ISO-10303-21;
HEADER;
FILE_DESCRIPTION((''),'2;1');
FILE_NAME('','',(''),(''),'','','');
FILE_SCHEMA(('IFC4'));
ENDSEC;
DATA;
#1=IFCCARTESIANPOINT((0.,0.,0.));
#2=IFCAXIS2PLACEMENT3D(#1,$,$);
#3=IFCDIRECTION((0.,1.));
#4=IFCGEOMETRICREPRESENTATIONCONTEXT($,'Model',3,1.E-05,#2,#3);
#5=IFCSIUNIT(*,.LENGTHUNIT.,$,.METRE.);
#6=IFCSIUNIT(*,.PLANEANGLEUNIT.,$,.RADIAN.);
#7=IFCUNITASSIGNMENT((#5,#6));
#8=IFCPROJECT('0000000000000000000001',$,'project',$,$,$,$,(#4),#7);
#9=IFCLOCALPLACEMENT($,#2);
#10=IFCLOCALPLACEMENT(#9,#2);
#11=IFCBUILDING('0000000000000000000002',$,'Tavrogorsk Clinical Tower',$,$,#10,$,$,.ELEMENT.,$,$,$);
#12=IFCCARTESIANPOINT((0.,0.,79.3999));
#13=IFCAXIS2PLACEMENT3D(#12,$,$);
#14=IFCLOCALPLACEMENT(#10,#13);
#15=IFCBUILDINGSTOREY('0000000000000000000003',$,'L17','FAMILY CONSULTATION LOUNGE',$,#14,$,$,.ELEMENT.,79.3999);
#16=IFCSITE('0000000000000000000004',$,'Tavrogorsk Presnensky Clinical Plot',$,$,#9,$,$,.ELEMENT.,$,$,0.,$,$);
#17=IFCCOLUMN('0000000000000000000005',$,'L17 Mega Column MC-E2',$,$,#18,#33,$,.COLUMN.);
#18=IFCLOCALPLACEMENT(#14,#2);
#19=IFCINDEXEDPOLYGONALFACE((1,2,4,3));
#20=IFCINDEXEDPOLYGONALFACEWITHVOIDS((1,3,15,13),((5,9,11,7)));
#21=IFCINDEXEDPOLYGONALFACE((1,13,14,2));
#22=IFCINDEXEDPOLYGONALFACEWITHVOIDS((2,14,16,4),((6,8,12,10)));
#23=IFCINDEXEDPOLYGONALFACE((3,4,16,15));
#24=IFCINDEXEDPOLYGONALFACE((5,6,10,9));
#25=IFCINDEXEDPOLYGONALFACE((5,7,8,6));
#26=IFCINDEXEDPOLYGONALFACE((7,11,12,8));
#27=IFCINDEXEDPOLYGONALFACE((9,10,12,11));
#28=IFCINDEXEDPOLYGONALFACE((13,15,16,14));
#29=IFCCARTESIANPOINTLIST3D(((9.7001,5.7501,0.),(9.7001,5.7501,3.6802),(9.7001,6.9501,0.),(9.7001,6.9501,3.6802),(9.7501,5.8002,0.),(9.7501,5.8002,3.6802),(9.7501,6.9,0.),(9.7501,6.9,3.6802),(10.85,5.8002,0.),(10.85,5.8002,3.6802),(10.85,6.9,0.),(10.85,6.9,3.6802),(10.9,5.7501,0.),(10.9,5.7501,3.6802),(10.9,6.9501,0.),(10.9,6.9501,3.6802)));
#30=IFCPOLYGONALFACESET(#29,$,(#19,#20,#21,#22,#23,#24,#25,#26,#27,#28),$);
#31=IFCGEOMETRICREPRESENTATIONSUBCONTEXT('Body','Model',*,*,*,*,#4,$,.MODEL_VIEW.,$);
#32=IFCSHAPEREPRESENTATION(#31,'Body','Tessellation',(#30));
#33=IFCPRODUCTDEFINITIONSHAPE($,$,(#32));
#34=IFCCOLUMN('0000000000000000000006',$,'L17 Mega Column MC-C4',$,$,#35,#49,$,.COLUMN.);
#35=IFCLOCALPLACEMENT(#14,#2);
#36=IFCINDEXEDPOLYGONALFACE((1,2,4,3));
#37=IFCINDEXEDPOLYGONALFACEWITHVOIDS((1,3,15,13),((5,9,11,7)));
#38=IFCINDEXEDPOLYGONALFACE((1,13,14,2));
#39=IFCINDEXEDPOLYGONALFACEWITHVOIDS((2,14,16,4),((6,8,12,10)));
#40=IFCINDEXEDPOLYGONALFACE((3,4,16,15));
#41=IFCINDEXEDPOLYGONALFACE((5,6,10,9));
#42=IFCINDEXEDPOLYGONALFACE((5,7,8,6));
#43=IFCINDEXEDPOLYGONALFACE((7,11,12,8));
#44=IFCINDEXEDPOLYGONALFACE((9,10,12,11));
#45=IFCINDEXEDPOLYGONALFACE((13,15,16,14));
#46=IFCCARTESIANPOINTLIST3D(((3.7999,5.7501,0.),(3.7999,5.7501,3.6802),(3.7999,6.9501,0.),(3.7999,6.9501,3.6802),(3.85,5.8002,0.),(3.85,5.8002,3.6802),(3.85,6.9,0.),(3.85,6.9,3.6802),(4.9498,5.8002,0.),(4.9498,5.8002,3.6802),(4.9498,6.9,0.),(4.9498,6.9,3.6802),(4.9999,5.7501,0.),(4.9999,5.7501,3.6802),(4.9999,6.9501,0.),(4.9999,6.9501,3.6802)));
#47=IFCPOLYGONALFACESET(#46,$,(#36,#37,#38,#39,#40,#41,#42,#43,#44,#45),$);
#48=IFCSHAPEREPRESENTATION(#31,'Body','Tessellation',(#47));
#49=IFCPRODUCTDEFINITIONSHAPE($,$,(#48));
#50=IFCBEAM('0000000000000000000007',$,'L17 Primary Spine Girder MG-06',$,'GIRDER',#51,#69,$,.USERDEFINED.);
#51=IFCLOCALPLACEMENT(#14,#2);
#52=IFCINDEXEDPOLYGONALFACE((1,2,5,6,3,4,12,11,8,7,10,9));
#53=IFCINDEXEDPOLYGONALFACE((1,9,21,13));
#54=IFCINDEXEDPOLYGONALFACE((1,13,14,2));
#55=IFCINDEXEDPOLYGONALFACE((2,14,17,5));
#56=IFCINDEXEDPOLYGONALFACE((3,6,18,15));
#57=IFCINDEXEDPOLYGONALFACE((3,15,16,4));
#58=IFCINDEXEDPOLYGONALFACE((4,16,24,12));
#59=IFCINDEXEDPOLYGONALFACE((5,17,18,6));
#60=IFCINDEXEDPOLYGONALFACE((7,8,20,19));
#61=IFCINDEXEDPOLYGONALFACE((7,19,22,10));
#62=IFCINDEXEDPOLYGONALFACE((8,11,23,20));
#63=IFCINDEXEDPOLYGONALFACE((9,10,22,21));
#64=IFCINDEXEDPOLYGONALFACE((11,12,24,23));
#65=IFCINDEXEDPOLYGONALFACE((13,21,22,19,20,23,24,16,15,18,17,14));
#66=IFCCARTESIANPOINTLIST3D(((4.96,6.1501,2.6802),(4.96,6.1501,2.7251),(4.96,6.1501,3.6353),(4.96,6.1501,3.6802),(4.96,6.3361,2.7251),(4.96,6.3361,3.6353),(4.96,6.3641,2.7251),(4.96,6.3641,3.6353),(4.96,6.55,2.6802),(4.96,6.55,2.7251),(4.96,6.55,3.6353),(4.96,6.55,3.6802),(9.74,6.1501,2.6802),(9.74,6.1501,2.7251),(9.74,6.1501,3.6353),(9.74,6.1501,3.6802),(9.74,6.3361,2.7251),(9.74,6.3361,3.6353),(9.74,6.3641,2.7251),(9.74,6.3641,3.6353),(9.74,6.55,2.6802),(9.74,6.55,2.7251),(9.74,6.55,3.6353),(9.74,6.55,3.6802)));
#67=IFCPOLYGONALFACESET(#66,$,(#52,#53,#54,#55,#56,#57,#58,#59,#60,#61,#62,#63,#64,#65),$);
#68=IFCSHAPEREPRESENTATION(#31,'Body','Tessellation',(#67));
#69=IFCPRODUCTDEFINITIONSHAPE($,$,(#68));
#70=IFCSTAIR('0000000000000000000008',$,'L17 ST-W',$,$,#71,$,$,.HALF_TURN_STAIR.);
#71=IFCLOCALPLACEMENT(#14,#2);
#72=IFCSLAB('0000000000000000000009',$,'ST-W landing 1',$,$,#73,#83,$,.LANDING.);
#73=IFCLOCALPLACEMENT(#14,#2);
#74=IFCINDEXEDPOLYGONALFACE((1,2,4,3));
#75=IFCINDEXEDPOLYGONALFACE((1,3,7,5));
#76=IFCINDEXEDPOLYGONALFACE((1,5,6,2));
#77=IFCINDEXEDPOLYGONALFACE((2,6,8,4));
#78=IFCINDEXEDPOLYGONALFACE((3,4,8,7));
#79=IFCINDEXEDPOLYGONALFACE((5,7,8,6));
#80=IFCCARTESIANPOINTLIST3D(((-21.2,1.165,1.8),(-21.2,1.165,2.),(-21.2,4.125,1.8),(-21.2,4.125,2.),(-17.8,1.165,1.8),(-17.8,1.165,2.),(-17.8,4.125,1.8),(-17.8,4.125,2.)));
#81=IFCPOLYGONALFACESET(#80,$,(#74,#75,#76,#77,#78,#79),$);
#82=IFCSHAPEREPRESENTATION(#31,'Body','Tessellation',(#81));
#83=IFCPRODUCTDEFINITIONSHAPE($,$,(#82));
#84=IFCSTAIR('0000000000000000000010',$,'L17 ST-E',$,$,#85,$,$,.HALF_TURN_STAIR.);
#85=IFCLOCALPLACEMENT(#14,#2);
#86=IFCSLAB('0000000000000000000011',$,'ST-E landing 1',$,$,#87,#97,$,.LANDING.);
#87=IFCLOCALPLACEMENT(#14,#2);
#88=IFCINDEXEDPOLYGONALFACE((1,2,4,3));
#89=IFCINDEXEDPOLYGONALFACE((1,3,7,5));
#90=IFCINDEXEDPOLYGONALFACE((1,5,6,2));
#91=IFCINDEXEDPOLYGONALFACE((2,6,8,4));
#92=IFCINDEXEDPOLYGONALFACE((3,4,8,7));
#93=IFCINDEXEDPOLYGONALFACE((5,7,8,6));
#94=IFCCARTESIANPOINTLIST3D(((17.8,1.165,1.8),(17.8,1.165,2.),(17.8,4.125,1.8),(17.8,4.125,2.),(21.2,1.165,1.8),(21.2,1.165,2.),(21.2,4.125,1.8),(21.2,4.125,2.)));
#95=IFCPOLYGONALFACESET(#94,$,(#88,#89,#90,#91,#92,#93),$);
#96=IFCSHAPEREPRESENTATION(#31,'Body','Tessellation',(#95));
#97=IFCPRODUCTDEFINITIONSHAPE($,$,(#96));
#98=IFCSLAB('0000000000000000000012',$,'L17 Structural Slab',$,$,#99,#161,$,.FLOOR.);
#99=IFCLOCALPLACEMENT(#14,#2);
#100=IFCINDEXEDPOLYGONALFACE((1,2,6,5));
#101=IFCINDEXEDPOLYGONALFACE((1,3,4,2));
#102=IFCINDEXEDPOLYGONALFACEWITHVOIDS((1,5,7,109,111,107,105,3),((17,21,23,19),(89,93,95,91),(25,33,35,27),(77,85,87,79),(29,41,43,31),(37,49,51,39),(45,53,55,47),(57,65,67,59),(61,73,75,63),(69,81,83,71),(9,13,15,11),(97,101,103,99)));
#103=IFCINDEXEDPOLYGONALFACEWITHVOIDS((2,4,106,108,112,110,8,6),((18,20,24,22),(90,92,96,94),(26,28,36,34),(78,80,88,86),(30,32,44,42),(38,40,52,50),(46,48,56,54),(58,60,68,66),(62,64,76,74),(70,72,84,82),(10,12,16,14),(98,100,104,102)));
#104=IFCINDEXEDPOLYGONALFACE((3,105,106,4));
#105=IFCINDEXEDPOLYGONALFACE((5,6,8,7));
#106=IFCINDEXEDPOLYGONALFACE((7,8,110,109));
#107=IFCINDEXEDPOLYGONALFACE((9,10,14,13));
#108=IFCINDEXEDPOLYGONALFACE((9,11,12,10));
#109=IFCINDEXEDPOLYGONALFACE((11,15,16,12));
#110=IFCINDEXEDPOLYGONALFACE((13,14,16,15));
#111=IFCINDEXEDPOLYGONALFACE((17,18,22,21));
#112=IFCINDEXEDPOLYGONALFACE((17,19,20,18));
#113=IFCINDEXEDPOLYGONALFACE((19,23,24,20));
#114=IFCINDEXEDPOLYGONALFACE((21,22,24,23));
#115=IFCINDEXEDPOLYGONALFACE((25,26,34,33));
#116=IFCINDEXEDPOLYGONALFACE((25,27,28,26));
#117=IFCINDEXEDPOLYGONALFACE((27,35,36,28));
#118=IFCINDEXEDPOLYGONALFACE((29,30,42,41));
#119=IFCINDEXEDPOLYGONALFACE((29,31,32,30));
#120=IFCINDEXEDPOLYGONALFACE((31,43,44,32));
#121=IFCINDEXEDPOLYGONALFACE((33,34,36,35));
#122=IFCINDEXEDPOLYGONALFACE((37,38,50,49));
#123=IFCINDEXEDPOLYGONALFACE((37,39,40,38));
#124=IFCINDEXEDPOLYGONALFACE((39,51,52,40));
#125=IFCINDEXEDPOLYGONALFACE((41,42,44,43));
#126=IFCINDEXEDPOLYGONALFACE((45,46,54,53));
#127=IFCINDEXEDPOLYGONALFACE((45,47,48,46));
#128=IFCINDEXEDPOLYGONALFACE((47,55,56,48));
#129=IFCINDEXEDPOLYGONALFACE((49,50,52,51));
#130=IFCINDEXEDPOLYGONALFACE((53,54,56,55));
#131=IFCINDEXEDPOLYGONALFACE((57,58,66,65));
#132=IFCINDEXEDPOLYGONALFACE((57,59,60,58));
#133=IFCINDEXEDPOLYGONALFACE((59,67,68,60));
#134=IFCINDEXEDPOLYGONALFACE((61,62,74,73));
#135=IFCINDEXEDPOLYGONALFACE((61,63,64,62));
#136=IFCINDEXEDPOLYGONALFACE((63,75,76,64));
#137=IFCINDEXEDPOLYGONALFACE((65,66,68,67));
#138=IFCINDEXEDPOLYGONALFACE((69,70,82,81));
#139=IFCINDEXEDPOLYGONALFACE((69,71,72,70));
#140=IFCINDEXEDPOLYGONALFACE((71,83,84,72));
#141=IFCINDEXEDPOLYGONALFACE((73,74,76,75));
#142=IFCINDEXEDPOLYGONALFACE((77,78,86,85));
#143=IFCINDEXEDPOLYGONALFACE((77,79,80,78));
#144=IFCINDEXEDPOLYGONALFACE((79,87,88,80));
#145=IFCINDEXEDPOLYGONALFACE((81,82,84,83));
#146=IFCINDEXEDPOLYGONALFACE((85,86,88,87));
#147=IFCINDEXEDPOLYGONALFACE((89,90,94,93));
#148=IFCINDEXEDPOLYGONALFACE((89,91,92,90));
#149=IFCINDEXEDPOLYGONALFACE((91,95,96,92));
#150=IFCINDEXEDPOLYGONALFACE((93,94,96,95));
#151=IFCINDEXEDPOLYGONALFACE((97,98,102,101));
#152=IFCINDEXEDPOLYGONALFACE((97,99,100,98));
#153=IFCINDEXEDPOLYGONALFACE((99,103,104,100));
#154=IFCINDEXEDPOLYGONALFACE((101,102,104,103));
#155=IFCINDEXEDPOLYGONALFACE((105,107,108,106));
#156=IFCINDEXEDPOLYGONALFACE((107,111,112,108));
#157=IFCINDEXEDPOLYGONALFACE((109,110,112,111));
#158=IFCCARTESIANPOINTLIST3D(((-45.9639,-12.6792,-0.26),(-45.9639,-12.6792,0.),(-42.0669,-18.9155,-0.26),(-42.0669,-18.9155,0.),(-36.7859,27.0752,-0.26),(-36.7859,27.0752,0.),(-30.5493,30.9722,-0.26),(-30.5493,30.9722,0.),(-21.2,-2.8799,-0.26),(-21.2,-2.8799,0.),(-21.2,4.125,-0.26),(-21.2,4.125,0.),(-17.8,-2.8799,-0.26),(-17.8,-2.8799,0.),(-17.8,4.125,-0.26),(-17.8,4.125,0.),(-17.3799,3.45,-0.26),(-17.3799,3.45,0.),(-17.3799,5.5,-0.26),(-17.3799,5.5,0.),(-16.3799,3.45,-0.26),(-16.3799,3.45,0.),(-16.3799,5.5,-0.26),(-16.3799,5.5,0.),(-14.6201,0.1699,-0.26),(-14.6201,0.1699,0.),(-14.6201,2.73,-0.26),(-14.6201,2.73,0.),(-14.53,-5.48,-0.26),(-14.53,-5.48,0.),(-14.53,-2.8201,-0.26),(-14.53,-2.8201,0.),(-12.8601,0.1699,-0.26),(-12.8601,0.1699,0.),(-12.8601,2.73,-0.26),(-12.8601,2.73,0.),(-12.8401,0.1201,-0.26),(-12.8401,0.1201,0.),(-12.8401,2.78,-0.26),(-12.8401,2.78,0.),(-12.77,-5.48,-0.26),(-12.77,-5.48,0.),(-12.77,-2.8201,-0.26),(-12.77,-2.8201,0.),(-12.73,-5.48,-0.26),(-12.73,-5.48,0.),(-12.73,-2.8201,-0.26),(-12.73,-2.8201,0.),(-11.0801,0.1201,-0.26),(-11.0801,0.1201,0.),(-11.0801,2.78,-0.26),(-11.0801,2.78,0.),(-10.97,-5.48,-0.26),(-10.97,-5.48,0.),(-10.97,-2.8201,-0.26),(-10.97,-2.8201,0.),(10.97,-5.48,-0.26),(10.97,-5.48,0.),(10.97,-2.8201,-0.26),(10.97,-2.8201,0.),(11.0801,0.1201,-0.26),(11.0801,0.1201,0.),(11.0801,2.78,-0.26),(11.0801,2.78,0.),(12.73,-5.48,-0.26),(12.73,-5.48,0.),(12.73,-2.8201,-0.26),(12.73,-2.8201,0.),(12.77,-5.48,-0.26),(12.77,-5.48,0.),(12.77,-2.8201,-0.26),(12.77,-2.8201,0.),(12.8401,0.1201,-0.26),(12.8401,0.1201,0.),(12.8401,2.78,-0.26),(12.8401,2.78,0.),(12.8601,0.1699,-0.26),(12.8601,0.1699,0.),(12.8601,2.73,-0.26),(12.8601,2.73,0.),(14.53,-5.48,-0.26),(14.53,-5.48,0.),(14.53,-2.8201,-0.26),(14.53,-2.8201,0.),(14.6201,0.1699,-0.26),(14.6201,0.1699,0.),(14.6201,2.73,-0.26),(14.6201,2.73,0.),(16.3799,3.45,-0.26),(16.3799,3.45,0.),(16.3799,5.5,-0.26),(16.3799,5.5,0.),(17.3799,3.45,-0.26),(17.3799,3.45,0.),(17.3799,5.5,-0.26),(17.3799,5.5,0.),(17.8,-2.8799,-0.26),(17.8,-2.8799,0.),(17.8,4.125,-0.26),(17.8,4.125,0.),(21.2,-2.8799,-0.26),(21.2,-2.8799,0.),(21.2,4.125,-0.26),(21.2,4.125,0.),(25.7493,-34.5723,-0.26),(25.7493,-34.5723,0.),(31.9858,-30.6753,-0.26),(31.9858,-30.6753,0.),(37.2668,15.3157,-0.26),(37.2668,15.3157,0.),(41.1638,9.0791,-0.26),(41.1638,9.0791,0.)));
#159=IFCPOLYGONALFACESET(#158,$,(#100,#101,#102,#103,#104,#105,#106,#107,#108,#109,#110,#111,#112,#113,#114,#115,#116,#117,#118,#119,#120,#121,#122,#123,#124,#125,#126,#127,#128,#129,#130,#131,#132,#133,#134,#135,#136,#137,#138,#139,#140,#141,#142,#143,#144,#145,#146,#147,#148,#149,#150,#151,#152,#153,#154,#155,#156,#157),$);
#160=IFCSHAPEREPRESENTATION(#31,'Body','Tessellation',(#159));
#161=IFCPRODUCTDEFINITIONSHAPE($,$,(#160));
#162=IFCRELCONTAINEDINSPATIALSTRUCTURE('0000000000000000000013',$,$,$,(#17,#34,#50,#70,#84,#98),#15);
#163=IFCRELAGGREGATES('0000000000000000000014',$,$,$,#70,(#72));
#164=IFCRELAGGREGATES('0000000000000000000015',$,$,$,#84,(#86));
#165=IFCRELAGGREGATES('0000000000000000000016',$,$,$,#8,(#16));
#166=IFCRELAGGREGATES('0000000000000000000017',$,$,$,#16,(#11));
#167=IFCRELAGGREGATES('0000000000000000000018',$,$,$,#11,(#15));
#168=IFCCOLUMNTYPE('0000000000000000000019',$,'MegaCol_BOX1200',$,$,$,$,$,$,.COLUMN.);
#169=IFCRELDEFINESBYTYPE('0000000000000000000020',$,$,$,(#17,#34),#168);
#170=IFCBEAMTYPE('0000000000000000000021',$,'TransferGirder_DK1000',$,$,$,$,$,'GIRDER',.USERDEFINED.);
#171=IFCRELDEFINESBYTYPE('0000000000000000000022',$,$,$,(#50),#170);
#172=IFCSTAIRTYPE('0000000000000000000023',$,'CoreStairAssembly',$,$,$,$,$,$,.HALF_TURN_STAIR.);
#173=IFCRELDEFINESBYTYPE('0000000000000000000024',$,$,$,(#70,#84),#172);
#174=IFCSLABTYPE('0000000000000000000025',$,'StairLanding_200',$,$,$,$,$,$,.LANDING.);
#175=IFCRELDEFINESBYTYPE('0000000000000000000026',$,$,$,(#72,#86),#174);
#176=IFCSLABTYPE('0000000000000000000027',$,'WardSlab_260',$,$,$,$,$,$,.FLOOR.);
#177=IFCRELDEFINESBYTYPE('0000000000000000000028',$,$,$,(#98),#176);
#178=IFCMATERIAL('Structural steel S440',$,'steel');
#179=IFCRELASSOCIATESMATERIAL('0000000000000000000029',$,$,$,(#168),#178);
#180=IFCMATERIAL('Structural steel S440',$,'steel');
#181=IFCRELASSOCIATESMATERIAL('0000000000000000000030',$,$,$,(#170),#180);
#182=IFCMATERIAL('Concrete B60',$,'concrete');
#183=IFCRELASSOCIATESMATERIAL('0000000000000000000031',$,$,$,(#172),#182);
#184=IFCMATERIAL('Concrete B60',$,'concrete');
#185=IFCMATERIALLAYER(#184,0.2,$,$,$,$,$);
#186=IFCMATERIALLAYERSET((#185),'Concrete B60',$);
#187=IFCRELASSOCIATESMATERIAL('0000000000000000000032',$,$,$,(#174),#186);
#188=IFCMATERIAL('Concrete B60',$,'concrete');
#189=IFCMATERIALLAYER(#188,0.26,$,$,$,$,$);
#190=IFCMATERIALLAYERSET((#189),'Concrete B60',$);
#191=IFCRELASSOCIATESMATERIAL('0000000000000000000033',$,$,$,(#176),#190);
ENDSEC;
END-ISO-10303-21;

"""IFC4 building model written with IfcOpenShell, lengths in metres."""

from ifc_helpers import new_model, si_unit, direction, frame, origin, origin_2d, place, context, subcontext, project, spatial, polyline, hollow_rectangle, i_section, outline, extrude, material, layer, layer_set, material_profile, profile_set, type_object, element, aggregate, save


model = new_model("IFC4")

# Units and contexts
model_context = context("Model", 3, precision=1e-05, world=origin(), true_north=direction((0.0, 1.0)))
body_context = subcontext(model_context, "Body", "Model", "MODEL_VIEW")
ifc_project = project(units=[si_unit("LENGTHUNIT", "METRE"), si_unit("PLANEANGLEUNIT", "RADIAN")], contexts=[model_context])

# Site, building, storey
site_placement = place(None, origin())
site = spatial("IfcSite", under=ifc_project, at=site_placement, Name="Tavrogorsk Presnensky Clinical Plot", CompositionType="ELEMENT", RefElevation=0.0)
building_placement = place(site_placement, origin())
building = spatial("IfcBuilding", under=site, at=building_placement, Name="Tavrogorsk Clinical Tower", CompositionType="ELEMENT")
storey_placement = place(building_placement, frame((0.0, 0.0, 79.3999)))
storey = spatial("IfcBuildingStorey", under=building, at=storey_placement, Name="L17", Description="FAMILY CONSULTATION LOUNGE", CompositionType="ELEMENT", Elevation=79.3999)

# Columns
ifc_material_1 = material(Name="Structural steel S440", Category="steel")
ifc_material_profile_1 = material_profile(ifc_material_1, hollow_rectangle(XDim=1.2, YDim=1.2, WallThickness=0.05, at=origin_2d()), Name="BOX-1200x1200x50")
ifc_profile_set_1 = profile_set([ifc_material_profile_1], Name="Structural steel S440")
column_type = type_object("IfcColumnType", Name="MegaCol_BOX1200", PredefinedType="COLUMN", material=ifc_profile_set_1)
for number, where, z_axis, x_axis, name in (
    (1, (10.3, 6.3501, 0.0), (0.0, 0.0, 1.0), (1.0, 0.0, 0.0), "L17 Mega Column MC-E2"),
    (2, (4.3999, 6.3501, 0.0), (0.0, 0.0, 1.0), (1.0, 0.0, 0.0), "L17 Mega Column MC-C4"),
):
    element("IfcColumn", number, at=place(storey_placement, frame(where, z_axis=z_axis, x_axis=x_axis)), inside=storey, type_object=column_type, Name=name, PredefinedType="COLUMN", context=body_context, shape_type="SweptSolid", body=[
        extrude(hollow_rectangle(XDim=1.2, YDim=1.2, WallThickness=0.05, at=origin_2d()), origin(), (0.0, 0.0, 1.0), 3.6802),
    ])

# Beam
ifc_material_2 = material(Name="Structural steel S440", Category="steel")
ifc_material_profile_2 = material_profile(ifc_material_2, i_section(OverallWidth=0.3999, OverallDepth=1.0, WebThickness=0.0281, FlangeThickness=0.0449, at=origin_2d()), Name="DK-1000x400x28x45")
ifc_profile_set_2 = profile_set([ifc_material_profile_2], Name="Structural steel S440")
beam_type = type_object("IfcBeamType", Name="TransferGirder_DK1000", ElementType="GIRDER", PredefinedType="USERDEFINED", material=ifc_profile_set_2)
beam_placement = place(storey_placement, frame((4.96, 6.3501, 3.1802), z_axis=(1.0, 0.0, 0.0), x_axis=(0.0, 1.0, 0.0)))
element("IfcBeam", 3, at=beam_placement, inside=storey, type_object=beam_type, Name="L17 Primary Spine Girder MG-06", ObjectType="GIRDER", PredefinedType="USERDEFINED", context=body_context, shape_type="SweptSolid", body=[
    extrude(i_section(OverallWidth=0.3999, OverallDepth=1.0, WebThickness=0.0281, FlangeThickness=0.0449, at=origin_2d()), origin(), (0.0, 0.0, 1.0), 4.78),
])

# Stairs, slabs
ifc_material_3 = material(Name="Concrete B60", Category="concrete")
stair_type = type_object("IfcStairType", Name="CoreStairAssembly", PredefinedType="HALF_TURN_STAIR", material=ifc_material_3)
stair_1_placement = place(storey_placement, origin())
stair_1 = element("IfcStair", 4, at=stair_1_placement, inside=storey, type_object=stair_type, Name="L17 ST-W", PredefinedType="HALF_TURN_STAIR")
ifc_material_4 = material(Name="Concrete B60", Category="concrete")
ifc_layer_1 = layer(ifc_material_4, 0.2)
ifc_layer_set_1 = layer_set([ifc_layer_1], Name="Concrete B60")
slab_type_1 = type_object("IfcSlabType", Name="StairLanding_200", PredefinedType="LANDING", material=ifc_layer_set_1)
slab_1_placement = place(storey_placement, frame((0.0, 0.0, 1.8)))
slab_1 = element("IfcSlab", 5, at=slab_1_placement, type_object=slab_type_1, Name="ST-W landing 1", PredefinedType="LANDING", context=body_context, shape_type="SweptSolid", body=[
    extrude(outline(polyline([(-17.8, 1.165), (-17.8, 4.125), (-21.2, 4.125), (-21.2, 1.165), (-17.8, 1.165)])), origin(), (0.0, 0.0, 1.0), 0.2),
])
aggregate(stair_1, [slab_1])
stair_2_placement = place(storey_placement, origin())
stair_2 = element("IfcStair", 6, at=stair_2_placement, inside=storey, type_object=stair_type, Name="L17 ST-E", PredefinedType="HALF_TURN_STAIR")
slab_2_placement = place(storey_placement, frame((0.0, 0.0, 1.8)))
slab_2 = element("IfcSlab", 7, at=slab_2_placement, type_object=slab_type_1, Name="ST-E landing 1", PredefinedType="LANDING", context=body_context, shape_type="SweptSolid", body=[
    extrude(outline(polyline([(21.2, 1.165), (21.2, 4.125), (17.8, 4.125), (17.8, 1.165), (21.2, 1.165)])), origin(), (0.0, 0.0, 1.0), 0.2),
])
aggregate(stair_2, [slab_2])

# Slab
ifc_material_5 = material(Name="Concrete B60", Category="concrete")
ifc_layer_2 = layer(ifc_material_5, 0.26)
ifc_layer_set_2 = layer_set([ifc_layer_2], Name="Concrete B60")
slab_type_2 = type_object("IfcSlabType", Name="WardSlab_260", PredefinedType="FLOOR", material=ifc_layer_set_2)
slab_3_placement = place(storey_placement, frame((0.0, 0.0, -0.26)))
element("IfcSlab", 8, at=slab_3_placement, inside=storey, type_object=slab_type_2, Name="L17 Structural Slab", PredefinedType="FLOOR", context=body_context, shape_type="SweptSolid", body=[
    extrude(outline(polyline([(-42.0669, -18.9155), (25.7493, -34.5723), (31.9858, -30.6753), (41.1638, 9.0791), (37.2668, 15.3157), (-30.5493, 30.9722), (-36.7859, 27.0752), (-45.9639, -12.6792), (-42.0669, -18.9155)]), holes=[polyline([(-17.8, -2.8799), (-17.8, 4.125), (-21.2, 4.125), (-21.2, -2.8799), (-17.8, -2.8799)]), polyline([(21.2, -2.8799), (21.2, 4.125), (17.8, 4.125), (17.8, -2.8799), (21.2, -2.8799)]), polyline([(-14.6201, 0.1699), (-12.8601, 0.1699), (-12.8601, 2.73), (-14.6201, 2.73), (-14.6201, 0.1699)]), polyline([(-14.53, -5.48), (-12.77, -5.48), (-12.77, -2.8201), (-14.53, -2.8201), (-14.53, -5.48)]), polyline([(-12.73, -5.48), (-10.97, -5.48), (-10.97, -2.8201), (-12.73, -2.8201), (-12.73, -5.48)]), polyline([(-12.8401, 0.1201), (-11.0801, 0.1201), (-11.0801, 2.78), (-12.8401, 2.78), (-12.8401, 0.1201)]), polyline([(12.8601, 0.1699), (14.6201, 0.1699), (14.6201, 2.73), (12.8601, 2.73), (12.8601, 0.1699)]), polyline([(12.77, -5.48), (14.53, -5.48), (14.53, -2.8201), (12.77, -2.8201), (12.77, -5.48)]), polyline([(10.97, -5.48), (12.73, -5.48), (12.73, -2.8201), (10.97, -2.8201), (10.97, -5.48)]), polyline([(11.0801, 0.1201), (12.8401, 0.1201), (12.8401, 2.78), (11.0801, 2.78), (11.0801, 0.1201)]), polyline([(-17.3799, 3.45), (-16.3799, 3.45), (-16.3799, 5.5), (-17.3799, 5.5), (-17.3799, 3.45)]), polyline([(16.3799, 3.45), (17.3799, 3.45), (17.3799, 5.5), (16.3799, 5.5), (16.3799, 3.45)])]), origin(), (0.0, 0.0, 1.0), 0.26),
])

save(model, "model.ifc")
